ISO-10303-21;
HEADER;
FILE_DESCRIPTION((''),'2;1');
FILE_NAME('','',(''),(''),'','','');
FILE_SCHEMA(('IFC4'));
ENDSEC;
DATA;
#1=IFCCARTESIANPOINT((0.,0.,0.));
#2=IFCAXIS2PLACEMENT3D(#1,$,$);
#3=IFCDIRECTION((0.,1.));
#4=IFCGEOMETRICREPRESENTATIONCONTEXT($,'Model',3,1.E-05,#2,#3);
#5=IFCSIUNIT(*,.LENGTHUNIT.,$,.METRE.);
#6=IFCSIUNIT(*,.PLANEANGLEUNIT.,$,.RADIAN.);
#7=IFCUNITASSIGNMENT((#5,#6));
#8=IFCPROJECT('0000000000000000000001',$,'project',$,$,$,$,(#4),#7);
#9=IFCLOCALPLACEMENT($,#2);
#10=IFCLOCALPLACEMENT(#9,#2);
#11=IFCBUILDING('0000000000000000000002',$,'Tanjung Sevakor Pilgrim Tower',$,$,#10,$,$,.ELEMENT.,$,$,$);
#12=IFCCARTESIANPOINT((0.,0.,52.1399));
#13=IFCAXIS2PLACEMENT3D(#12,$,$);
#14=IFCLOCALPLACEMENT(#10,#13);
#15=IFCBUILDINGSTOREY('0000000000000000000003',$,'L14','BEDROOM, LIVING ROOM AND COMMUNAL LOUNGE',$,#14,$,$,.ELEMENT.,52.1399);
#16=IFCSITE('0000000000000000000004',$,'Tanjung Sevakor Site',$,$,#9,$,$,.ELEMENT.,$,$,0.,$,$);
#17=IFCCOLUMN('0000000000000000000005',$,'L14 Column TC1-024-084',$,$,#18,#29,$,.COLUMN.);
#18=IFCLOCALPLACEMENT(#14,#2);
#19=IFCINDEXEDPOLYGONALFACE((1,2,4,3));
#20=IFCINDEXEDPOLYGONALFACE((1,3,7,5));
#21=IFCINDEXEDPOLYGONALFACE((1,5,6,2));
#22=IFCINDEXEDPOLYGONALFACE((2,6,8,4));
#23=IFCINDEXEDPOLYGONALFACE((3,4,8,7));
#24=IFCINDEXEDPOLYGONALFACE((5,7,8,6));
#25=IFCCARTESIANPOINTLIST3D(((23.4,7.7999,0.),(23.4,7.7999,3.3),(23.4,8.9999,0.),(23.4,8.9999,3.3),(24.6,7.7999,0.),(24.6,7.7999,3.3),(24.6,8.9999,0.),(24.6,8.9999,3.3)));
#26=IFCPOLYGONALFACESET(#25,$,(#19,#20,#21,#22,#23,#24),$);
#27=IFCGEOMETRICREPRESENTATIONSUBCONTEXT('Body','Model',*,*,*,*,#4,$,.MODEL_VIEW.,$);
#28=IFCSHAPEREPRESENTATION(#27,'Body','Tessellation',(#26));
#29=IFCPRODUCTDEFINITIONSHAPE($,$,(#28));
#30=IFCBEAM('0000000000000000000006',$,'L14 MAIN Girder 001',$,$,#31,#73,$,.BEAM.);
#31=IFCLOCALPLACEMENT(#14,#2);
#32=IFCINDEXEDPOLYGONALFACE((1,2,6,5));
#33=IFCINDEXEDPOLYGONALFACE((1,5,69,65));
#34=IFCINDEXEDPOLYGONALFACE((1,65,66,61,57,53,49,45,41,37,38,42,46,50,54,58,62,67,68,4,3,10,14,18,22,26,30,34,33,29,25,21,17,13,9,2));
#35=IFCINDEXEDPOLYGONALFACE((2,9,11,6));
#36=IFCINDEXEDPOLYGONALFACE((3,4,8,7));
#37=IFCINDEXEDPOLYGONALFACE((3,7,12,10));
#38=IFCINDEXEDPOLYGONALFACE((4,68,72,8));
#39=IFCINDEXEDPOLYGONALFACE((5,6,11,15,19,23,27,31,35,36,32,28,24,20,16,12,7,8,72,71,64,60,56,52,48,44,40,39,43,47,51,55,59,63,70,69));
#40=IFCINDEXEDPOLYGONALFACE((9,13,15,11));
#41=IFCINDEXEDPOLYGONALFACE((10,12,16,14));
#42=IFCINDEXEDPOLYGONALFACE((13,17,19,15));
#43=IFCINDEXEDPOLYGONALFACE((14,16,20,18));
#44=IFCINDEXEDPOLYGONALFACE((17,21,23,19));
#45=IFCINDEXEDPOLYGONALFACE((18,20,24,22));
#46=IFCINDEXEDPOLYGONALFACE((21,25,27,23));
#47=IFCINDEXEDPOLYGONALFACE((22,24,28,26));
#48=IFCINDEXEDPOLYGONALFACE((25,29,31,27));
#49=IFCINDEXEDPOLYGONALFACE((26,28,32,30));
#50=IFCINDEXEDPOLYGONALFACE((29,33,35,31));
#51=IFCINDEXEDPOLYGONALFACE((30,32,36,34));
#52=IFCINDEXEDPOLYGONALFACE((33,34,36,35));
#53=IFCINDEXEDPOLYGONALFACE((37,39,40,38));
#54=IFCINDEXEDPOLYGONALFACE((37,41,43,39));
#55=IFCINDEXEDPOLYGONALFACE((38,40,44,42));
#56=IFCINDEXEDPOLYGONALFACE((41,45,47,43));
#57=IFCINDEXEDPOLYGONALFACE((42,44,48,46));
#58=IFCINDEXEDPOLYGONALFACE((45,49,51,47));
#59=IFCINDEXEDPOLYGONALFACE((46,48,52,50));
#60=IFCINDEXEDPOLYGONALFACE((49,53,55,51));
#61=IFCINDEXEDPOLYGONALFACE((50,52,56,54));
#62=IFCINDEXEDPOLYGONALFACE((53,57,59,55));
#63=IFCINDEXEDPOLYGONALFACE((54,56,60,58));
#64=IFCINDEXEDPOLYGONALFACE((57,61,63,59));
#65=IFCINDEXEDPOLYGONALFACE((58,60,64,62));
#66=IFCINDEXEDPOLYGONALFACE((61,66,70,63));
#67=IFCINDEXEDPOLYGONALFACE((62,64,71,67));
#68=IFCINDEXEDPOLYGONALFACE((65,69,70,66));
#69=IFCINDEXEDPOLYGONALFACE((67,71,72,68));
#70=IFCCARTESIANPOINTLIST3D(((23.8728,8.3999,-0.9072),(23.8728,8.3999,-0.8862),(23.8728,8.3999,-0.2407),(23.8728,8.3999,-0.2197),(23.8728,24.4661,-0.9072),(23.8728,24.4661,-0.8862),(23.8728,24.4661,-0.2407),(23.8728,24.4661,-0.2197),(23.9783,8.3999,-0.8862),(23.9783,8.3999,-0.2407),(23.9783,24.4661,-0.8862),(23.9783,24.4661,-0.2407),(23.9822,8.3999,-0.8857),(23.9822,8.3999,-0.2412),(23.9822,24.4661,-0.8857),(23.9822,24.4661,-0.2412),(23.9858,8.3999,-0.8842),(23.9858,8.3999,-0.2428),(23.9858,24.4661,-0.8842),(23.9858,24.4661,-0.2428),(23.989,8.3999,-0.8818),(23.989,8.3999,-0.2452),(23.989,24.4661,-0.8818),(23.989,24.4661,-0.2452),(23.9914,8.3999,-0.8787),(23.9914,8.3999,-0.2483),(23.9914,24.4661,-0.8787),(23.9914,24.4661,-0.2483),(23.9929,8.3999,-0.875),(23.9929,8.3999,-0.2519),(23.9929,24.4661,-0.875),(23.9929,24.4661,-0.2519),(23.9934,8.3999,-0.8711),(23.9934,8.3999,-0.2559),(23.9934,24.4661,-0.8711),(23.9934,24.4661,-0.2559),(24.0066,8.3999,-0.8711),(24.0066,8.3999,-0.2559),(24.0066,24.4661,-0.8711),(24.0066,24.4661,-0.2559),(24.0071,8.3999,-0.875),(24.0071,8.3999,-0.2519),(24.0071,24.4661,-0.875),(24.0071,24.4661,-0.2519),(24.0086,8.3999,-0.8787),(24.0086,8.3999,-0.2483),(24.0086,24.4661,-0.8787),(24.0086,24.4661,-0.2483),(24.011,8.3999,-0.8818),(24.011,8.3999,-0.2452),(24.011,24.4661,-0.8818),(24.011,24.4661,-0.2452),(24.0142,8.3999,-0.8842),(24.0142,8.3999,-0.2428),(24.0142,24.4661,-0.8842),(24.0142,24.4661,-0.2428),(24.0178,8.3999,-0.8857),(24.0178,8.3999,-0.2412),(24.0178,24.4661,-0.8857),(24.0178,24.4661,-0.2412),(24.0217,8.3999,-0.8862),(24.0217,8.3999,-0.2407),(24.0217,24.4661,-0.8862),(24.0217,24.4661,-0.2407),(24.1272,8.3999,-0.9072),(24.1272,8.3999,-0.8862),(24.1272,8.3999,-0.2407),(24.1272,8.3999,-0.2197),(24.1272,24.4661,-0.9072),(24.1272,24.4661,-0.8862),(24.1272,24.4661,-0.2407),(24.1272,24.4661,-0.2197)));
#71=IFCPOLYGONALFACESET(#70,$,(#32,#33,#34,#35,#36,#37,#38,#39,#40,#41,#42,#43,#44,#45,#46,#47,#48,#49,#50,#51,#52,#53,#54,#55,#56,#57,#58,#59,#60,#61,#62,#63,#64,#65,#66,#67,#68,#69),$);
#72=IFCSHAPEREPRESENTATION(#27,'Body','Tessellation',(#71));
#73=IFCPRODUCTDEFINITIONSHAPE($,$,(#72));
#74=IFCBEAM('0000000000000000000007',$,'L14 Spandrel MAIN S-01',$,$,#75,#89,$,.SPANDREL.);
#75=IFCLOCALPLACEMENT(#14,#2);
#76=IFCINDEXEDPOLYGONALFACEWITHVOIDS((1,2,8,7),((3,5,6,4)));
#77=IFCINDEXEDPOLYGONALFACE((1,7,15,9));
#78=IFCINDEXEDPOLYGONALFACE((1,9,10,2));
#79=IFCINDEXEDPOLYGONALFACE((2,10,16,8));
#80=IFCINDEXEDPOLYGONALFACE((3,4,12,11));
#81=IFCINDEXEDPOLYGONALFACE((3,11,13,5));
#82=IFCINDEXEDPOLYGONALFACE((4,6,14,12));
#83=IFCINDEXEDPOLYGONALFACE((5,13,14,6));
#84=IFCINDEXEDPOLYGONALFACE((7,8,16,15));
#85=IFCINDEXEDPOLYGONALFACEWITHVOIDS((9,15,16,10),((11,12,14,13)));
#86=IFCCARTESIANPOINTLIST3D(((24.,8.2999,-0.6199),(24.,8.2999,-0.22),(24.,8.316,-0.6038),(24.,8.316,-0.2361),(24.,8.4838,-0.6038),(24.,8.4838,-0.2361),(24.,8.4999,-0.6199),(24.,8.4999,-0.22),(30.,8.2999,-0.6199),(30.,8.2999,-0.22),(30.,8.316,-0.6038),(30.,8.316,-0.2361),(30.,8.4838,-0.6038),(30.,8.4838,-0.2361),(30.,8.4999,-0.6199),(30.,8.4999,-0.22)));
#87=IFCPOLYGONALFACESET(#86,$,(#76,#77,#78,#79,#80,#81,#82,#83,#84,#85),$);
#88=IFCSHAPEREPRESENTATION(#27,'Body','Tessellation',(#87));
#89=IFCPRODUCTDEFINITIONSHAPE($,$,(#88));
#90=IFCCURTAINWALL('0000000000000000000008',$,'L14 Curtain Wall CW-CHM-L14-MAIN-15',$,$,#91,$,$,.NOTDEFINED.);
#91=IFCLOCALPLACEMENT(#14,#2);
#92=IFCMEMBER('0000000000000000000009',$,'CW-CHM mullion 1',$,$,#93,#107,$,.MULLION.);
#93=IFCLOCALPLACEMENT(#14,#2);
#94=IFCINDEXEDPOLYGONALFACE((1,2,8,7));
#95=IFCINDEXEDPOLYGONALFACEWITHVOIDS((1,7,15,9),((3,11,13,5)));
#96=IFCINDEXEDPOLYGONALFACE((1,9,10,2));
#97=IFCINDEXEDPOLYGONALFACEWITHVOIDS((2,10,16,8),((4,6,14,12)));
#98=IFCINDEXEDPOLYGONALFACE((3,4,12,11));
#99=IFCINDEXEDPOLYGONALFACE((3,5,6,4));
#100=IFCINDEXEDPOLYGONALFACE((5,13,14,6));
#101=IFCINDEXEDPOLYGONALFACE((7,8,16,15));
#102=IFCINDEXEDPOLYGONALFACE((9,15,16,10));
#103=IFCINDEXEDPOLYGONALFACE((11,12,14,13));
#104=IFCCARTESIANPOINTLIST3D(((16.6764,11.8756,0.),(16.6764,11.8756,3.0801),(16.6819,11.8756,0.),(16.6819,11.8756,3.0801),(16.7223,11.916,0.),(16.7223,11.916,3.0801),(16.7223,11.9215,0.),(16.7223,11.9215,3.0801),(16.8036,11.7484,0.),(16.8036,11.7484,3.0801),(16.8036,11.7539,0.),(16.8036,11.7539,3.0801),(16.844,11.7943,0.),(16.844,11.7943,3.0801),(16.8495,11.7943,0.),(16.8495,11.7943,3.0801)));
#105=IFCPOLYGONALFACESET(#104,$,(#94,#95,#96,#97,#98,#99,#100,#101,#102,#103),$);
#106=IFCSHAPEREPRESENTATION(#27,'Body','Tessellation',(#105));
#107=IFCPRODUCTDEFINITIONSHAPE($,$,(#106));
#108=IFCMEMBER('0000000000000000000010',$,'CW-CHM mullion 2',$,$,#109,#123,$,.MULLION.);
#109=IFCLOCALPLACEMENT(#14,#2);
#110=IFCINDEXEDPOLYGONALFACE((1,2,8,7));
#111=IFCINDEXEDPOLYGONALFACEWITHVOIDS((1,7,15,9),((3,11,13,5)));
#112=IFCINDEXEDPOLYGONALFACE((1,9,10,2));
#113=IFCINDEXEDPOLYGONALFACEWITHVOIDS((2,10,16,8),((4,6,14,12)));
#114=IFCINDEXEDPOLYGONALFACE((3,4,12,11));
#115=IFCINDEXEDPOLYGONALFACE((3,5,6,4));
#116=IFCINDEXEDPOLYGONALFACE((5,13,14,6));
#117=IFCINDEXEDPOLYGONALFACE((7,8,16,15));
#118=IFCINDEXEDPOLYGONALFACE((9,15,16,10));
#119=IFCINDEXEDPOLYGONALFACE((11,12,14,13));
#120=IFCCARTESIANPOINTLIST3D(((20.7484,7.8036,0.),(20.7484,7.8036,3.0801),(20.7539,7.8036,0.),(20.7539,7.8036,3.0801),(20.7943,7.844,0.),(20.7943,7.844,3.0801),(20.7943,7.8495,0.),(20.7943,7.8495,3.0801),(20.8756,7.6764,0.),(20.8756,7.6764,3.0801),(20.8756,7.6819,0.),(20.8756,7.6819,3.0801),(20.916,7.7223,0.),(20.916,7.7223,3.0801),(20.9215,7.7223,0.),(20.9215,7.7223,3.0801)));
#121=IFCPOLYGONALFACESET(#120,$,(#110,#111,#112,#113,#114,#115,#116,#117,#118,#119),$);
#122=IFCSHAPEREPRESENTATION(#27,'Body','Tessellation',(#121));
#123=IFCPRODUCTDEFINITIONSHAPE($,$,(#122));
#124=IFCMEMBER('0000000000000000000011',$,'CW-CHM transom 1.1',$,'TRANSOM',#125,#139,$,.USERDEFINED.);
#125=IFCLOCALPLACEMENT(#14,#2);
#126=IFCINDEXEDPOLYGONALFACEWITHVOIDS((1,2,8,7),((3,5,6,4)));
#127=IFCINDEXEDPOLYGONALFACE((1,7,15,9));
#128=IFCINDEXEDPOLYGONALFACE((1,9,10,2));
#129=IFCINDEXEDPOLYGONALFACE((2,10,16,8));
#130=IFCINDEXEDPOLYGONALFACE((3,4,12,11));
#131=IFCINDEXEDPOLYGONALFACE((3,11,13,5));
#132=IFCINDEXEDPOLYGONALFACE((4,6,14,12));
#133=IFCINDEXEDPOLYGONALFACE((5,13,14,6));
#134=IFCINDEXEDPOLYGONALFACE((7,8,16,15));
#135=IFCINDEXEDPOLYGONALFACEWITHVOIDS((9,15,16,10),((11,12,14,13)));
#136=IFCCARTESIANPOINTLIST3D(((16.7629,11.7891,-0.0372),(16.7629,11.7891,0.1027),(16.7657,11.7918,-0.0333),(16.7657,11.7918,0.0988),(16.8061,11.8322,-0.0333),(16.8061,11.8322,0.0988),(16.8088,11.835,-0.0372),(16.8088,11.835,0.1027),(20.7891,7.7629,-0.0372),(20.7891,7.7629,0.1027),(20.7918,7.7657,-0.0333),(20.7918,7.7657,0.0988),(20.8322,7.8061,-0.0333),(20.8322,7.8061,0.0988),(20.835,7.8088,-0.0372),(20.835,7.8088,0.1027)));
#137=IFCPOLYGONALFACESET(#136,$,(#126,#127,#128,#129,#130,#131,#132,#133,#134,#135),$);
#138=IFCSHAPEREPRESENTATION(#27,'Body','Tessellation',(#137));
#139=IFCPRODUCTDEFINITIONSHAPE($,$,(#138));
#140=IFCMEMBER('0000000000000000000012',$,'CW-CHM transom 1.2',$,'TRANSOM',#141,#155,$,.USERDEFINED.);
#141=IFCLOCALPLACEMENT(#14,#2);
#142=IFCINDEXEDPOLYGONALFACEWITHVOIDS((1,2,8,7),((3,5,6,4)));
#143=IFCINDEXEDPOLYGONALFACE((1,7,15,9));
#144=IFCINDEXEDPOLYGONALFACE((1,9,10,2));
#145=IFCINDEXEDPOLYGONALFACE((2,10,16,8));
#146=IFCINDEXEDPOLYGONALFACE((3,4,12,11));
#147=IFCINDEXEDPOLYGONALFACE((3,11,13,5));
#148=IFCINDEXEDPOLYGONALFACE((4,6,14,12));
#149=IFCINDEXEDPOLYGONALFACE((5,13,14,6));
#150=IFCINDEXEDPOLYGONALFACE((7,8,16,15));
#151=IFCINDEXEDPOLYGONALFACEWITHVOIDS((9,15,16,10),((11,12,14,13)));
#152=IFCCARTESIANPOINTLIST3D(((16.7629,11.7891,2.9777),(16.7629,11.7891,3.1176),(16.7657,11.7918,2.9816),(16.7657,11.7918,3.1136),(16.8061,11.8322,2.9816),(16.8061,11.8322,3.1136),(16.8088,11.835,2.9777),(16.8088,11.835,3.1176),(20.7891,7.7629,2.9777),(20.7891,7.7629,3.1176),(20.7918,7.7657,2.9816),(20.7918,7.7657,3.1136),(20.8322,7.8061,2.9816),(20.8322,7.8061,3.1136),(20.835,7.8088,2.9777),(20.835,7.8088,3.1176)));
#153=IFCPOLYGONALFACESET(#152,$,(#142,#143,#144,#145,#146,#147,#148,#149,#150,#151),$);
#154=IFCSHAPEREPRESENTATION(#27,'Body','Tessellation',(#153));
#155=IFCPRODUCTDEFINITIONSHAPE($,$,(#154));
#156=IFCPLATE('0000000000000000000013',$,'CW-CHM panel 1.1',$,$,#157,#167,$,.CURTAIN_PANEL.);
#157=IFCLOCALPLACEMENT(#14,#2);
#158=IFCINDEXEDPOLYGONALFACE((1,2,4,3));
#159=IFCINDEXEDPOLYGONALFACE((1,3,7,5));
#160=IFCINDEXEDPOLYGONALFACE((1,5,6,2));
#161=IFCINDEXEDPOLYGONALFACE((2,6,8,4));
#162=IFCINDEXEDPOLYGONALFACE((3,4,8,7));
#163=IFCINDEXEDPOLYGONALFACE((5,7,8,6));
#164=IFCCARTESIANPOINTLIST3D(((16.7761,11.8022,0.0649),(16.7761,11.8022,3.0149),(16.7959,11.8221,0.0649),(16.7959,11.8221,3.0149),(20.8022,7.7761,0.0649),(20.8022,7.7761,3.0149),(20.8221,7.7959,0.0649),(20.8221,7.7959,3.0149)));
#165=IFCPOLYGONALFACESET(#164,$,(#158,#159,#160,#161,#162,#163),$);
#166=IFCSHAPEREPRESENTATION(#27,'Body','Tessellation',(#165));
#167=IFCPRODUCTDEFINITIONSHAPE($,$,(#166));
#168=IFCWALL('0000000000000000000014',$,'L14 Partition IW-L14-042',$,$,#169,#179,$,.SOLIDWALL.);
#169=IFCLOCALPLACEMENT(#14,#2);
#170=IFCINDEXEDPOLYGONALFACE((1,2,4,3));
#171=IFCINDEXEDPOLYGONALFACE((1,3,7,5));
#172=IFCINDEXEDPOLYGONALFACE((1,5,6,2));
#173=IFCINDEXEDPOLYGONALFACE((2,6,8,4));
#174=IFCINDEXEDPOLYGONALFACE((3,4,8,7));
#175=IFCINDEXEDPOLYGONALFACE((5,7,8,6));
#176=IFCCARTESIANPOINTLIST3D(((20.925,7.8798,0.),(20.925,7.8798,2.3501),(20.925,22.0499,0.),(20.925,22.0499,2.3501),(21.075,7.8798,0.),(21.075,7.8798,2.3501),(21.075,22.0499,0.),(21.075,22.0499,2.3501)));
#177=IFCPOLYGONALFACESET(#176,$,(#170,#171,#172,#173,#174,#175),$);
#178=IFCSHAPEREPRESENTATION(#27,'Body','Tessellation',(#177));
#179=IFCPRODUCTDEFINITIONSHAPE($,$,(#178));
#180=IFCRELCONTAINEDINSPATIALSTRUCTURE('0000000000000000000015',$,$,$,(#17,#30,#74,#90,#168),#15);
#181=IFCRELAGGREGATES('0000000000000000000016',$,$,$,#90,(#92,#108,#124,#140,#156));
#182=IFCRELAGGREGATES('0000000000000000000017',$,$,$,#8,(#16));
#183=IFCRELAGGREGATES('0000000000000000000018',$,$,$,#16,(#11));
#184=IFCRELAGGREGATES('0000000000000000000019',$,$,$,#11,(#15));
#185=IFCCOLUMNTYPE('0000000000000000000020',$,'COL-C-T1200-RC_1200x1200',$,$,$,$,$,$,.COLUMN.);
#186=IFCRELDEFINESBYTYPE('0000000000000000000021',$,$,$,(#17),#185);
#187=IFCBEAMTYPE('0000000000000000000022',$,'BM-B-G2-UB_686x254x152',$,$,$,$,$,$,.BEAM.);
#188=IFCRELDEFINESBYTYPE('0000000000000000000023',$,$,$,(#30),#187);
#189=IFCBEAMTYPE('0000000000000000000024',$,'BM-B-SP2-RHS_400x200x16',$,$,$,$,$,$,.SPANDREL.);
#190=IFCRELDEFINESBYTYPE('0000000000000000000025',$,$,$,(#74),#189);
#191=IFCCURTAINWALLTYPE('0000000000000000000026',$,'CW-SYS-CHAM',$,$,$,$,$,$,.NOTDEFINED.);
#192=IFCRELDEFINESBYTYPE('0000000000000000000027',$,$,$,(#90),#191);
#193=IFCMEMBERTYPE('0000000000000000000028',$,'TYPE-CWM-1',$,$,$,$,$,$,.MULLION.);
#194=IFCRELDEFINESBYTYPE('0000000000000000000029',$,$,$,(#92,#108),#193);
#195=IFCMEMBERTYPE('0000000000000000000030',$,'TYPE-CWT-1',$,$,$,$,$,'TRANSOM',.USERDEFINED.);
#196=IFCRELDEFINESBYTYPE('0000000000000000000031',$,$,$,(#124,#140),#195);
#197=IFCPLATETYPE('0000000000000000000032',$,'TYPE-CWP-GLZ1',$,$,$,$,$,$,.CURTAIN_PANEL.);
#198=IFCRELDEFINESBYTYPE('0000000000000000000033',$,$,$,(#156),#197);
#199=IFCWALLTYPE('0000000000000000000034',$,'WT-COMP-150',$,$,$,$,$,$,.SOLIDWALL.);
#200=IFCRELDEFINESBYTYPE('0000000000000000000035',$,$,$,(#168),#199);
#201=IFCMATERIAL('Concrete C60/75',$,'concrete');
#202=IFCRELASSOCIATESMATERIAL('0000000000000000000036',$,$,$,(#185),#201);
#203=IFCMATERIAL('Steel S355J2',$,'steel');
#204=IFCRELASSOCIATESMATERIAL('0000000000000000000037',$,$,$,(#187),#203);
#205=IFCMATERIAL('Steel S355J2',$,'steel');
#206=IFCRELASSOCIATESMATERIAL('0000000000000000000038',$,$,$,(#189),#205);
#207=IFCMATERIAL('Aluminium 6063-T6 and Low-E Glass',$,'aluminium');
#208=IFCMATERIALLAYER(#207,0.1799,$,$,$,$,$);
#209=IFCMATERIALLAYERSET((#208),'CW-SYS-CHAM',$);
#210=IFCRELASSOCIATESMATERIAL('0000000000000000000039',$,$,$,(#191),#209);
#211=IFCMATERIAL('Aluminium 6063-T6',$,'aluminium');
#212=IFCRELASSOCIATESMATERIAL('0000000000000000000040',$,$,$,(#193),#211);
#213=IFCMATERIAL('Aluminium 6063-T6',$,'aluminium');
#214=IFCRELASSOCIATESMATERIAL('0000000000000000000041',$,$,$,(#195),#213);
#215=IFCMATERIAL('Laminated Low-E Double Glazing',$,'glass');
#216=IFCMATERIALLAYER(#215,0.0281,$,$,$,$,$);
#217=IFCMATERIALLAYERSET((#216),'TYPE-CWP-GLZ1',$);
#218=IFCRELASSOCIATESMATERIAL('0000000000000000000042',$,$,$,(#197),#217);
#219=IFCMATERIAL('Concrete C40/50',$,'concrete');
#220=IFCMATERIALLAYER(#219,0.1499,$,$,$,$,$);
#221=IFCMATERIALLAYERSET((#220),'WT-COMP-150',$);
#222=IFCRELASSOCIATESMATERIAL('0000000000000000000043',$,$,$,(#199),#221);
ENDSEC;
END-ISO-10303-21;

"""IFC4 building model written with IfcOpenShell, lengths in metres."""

from ifc_helpers import new_model, si_unit, direction, frame, frame_2d, origin, origin_2d, place, context, subcontext, project, spatial, rectangle, hollow_rectangle, i_section, extrude, material, layer, layer_set, material_profile, profile_set, type_object, element, aggregate, save


model = new_model("IFC4")

# Units and contexts
model_context = context("Model", 3, precision=1e-05, world=origin(), true_north=direction((0.0, 1.0)))
body_context = subcontext(model_context, "Body", "Model", "MODEL_VIEW")
ifc_project = project(units=[si_unit("LENGTHUNIT", "METRE"), si_unit("PLANEANGLEUNIT", "RADIAN")], contexts=[model_context])

# Site, building, storey
site_placement = place(None, origin())
site = spatial("IfcSite", under=ifc_project, at=site_placement, Name="Tanjung Sevakor Site", CompositionType="ELEMENT", RefElevation=0.0)
building_placement = place(site_placement, origin())
building = spatial("IfcBuilding", under=site, at=building_placement, Name="Tanjung Sevakor Pilgrim Tower", CompositionType="ELEMENT")
storey_placement = place(building_placement, frame((0.0, 0.0, 52.1399)))
storey = spatial("IfcBuildingStorey", under=building, at=storey_placement, Name="L14", Description="BEDROOM, LIVING ROOM AND COMMUNAL LOUNGE", CompositionType="ELEMENT", Elevation=52.1399)

# Column
ifc_material_1 = material(Name="Concrete C60/75", Category="concrete")
ifc_material_profile_1 = material_profile(ifc_material_1, rectangle(XDim=1.2, YDim=1.2, at=origin_2d()))
ifc_profile_set_1 = profile_set([ifc_material_profile_1], Name="Concrete C60/75")
column_type = type_object("IfcColumnType", Name="COL-C-T1200-RC_1200x1200", PredefinedType="COLUMN", material=ifc_profile_set_1)
column_placement = place(storey_placement, frame((24.0, 8.3999, 0.0), z_axis=(0.0, 0.0, 1.0), x_axis=(1.0, 0.0, 0.0)))
element("IfcColumn", 1, at=column_placement, inside=storey, type_object=column_type, Name="L14 Column TC1-024-084", PredefinedType="COLUMN", context=body_context, shape_type="SweptSolid", body=[
    extrude(rectangle(XDim=1.2, YDim=1.2, at=origin_2d()), origin(), (0.0, 0.0, 1.0), 3.3),
])

# Beams
ifc_material_2 = material(Name="Steel S355J2", Category="steel")
ifc_material_profile_2 = material_profile(ifc_material_2, i_section(OverallWidth=0.2544, OverallDepth=0.6875, WebThickness=0.0132, FlangeThickness=0.021, FilletRadius=0.0151, at=origin_2d()))
ifc_profile_set_2 = profile_set([ifc_material_profile_2], Name="Steel S355J2")
beam_type_1 = type_object("IfcBeamType", Name="BM-B-G2-UB_686x254x152", PredefinedType="BEAM", material=ifc_profile_set_2)
beam_1_placement = place(storey_placement, frame((24.0, 8.3999, -0.5635), z_axis=(0.0, 1.0, 0.0), x_axis=(-1.0, 0.0, 0.0)))
element("IfcBeam", 2, at=beam_1_placement, inside=storey, type_object=beam_type_1, Name="L14 MAIN Girder 001", PredefinedType="BEAM", context=body_context, shape_type="SweptSolid", body=[
    extrude(i_section(OverallWidth=0.2544, OverallDepth=0.6875, WebThickness=0.0132, FlangeThickness=0.021, FilletRadius=0.0151, at=origin_2d()), origin(), (0.0, 0.0, 1.0), 16.0662),
])
ifc_material_3 = material(Name="Steel S355J2", Category="steel")
ifc_material_profile_3 = material_profile(ifc_material_3, hollow_rectangle(XDim=0.2, YDim=0.3999, WallThickness=0.0161, at=origin_2d()))
ifc_profile_set_3 = profile_set([ifc_material_profile_3], Name="Steel S355J2")
beam_type_2 = type_object("IfcBeamType", Name="BM-B-SP2-RHS_400x200x16", PredefinedType="SPANDREL", material=ifc_profile_set_3)
beam_2_placement = place(storey_placement, frame((24.0, 8.3999, -0.4199), z_axis=(1.0, 0.0, 0.0), x_axis=(0.0, 1.0, 0.0)))
element("IfcBeam", 3, at=beam_2_placement, inside=storey, type_object=beam_type_2, Name="L14 Spandrel MAIN S-01", PredefinedType="SPANDREL", context=body_context, shape_type="SweptSolid", body=[
    extrude(hollow_rectangle(XDim=0.2, YDim=0.3999, WallThickness=0.0161, at=origin_2d()), origin(), (0.0, 0.0, 1.0), 6.0),
])

# Curtain wall, members, plate
ifc_material_4 = material(Name="Aluminium 6063-T6 and Low-E Glass", Category="aluminium")
ifc_layer_1 = layer(ifc_material_4, 0.1799)
ifc_layer_set_1 = layer_set([ifc_layer_1], Name="CW-SYS-CHAM")
curtain_wall_type = type_object("IfcCurtainWallType", Name="CW-SYS-CHAM", PredefinedType="NOTDEFINED", material=ifc_layer_set_1)
curtain_wall_placement = place(storey_placement, origin())
curtain_wall = element("IfcCurtainWall", 4, at=curtain_wall_placement, inside=storey, type_object=curtain_wall_type, Name="L14 Curtain Wall CW-CHM-L14-MAIN-15", PredefinedType="NOTDEFINED")
ifc_material_5 = material(Name="Aluminium 6063-T6", Category="aluminium")
ifc_material_profile_4 = material_profile(ifc_material_5, hollow_rectangle(XDim=0.0649, YDim=0.1799, WallThickness=0.0039, at=origin_2d()))
ifc_profile_set_4 = profile_set([ifc_material_profile_4], Name="Aluminium 6063-T6")
member_type_1 = type_object("IfcMemberType", Name="TYPE-CWM-1", PredefinedType="MULLION", material=ifc_profile_set_4)
member_1_placement = place(storey_placement, frame((16.7629, 11.835, 0.0), z_axis=(0.0, 0.0, 1.0), x_axis=(0.707107, 0.707107, 0.0)))
member_1 = element("IfcMember", 5, at=member_1_placement, type_object=member_type_1, Name="CW-CHM mullion 1", PredefinedType="MULLION", context=body_context, shape_type="SweptSolid", body=[
    extrude(hollow_rectangle(XDim=0.0649, YDim=0.1799, WallThickness=0.0039, at=origin_2d()), origin(), (0.0, 0.0, 1.0), 3.0801),
])
member_2_placement = place(storey_placement, frame((20.835, 7.7629, 0.0), z_axis=(0.0, 0.0, 1.0), x_axis=(0.707107, 0.707107, 0.0)))
member_2 = element("IfcMember", 6, at=member_2_placement, type_object=member_type_1, Name="CW-CHM mullion 2", PredefinedType="MULLION", context=body_context, shape_type="SweptSolid", body=[
    extrude(hollow_rectangle(XDim=0.0649, YDim=0.1799, WallThickness=0.0039, at=origin_2d()), origin(), (0.0, 0.0, 1.0), 3.0801),
])
ifc_material_6 = material(Name="Aluminium 6063-T6", Category="aluminium")
ifc_material_profile_5 = material_profile(ifc_material_6, hollow_rectangle(XDim=0.0649, YDim=0.1399, WallThickness=0.0039, at=origin_2d()))
ifc_profile_set_5 = profile_set([ifc_material_profile_5], Name="Aluminium 6063-T6")
member_type_2 = type_object("IfcMemberType", Name="TYPE-CWT-1", ElementType="TRANSOM", PredefinedType="USERDEFINED", material=ifc_profile_set_5)
member_3_placement = place(storey_placement, frame((16.7859, 11.812, 0.0327), z_axis=(0.707107, -0.707107, 0.0), x_axis=(0.707107, 0.707107, 0.0)))
member_3 = element("IfcMember", 7, at=member_3_placement, type_object=member_type_2, Name="CW-CHM transom 1.1", ObjectType="TRANSOM", PredefinedType="USERDEFINED", context=body_context, shape_type="SweptSolid", body=[
    extrude(hollow_rectangle(XDim=0.0649, YDim=0.1399, WallThickness=0.0039, at=origin_2d()), origin(), (0.0, 0.0, 1.0), 5.6938),
])
member_4_placement = place(storey_placement, frame((16.7859, 11.812, 3.0476), z_axis=(0.707107, -0.707107, 0.0), x_axis=(0.707107, 0.707107, 0.0)))
member_4 = element("IfcMember", 8, at=member_4_placement, type_object=member_type_2, Name="CW-CHM transom 1.2", ObjectType="TRANSOM", PredefinedType="USERDEFINED", context=body_context, shape_type="SweptSolid", body=[
    extrude(hollow_rectangle(XDim=0.0649, YDim=0.1399, WallThickness=0.0039, at=origin_2d()), origin(), (0.0, 0.0, 1.0), 5.6938),
])
ifc_material_7 = material(Name="Laminated Low-E Double Glazing", Category="glass")
ifc_layer_2 = layer(ifc_material_7, 0.0281)
ifc_layer_set_2 = layer_set([ifc_layer_2], Name="TYPE-CWP-GLZ1")
plate_type = type_object("IfcPlateType", Name="TYPE-CWP-GLZ1", PredefinedType="CURTAIN_PANEL", material=ifc_layer_set_2)
plate_placement = place(storey_placement, frame((18.7991, 9.7991, 0.0649), z_axis=(0.0, 0.0, 1.0), x_axis=(0.707107, -0.707107, 0.0)))
plate = element("IfcPlate", 9, at=plate_placement, type_object=plate_type, Name="CW-CHM panel 1.1", PredefinedType="CURTAIN_PANEL", context=body_context, shape_type="SweptSolid", body=[
    extrude(rectangle(XDim=5.6938, YDim=0.0281, at=origin_2d()), origin(), (0.0, 0.0, 1.0), 2.95),
])
aggregate(curtain_wall, [member_1, member_2, member_3, member_4, plate])

# Wall
ifc_material_8 = material(Name="Concrete C40/50", Category="concrete")
ifc_layer_3 = layer(ifc_material_8, 0.1499)
ifc_layer_set_3 = layer_set([ifc_layer_3], Name="WT-COMP-150")
wall_type_1 = type_object("IfcWallType", Name="WT-COMP-150", PredefinedType="SOLIDWALL", material=ifc_layer_set_3)
for number, where, z_axis, x_axis, name in (
    (10, (21.0, 7.8799, 0.0), (0.0, 0.0, 1.0), (0.0, 1.0, 0.0), "L14 Partition IW-L14-042"),
):
    element("IfcWall", number, at=place(storey_placement, frame(where, z_axis=z_axis, x_axis=x_axis)), inside=storey, type_object=wall_type_1, Name=name, PredefinedType="SOLIDWALL", context=body_context, shape_type="SweptSolid", body=[
        extrude(rectangle(XDim=14.1702, YDim=0.1499, at=frame_2d((7.085, 0.0))), origin(), (0.0, 0.0, 1.0), 2.3501),
    ])

save(model, "model.ifc")
